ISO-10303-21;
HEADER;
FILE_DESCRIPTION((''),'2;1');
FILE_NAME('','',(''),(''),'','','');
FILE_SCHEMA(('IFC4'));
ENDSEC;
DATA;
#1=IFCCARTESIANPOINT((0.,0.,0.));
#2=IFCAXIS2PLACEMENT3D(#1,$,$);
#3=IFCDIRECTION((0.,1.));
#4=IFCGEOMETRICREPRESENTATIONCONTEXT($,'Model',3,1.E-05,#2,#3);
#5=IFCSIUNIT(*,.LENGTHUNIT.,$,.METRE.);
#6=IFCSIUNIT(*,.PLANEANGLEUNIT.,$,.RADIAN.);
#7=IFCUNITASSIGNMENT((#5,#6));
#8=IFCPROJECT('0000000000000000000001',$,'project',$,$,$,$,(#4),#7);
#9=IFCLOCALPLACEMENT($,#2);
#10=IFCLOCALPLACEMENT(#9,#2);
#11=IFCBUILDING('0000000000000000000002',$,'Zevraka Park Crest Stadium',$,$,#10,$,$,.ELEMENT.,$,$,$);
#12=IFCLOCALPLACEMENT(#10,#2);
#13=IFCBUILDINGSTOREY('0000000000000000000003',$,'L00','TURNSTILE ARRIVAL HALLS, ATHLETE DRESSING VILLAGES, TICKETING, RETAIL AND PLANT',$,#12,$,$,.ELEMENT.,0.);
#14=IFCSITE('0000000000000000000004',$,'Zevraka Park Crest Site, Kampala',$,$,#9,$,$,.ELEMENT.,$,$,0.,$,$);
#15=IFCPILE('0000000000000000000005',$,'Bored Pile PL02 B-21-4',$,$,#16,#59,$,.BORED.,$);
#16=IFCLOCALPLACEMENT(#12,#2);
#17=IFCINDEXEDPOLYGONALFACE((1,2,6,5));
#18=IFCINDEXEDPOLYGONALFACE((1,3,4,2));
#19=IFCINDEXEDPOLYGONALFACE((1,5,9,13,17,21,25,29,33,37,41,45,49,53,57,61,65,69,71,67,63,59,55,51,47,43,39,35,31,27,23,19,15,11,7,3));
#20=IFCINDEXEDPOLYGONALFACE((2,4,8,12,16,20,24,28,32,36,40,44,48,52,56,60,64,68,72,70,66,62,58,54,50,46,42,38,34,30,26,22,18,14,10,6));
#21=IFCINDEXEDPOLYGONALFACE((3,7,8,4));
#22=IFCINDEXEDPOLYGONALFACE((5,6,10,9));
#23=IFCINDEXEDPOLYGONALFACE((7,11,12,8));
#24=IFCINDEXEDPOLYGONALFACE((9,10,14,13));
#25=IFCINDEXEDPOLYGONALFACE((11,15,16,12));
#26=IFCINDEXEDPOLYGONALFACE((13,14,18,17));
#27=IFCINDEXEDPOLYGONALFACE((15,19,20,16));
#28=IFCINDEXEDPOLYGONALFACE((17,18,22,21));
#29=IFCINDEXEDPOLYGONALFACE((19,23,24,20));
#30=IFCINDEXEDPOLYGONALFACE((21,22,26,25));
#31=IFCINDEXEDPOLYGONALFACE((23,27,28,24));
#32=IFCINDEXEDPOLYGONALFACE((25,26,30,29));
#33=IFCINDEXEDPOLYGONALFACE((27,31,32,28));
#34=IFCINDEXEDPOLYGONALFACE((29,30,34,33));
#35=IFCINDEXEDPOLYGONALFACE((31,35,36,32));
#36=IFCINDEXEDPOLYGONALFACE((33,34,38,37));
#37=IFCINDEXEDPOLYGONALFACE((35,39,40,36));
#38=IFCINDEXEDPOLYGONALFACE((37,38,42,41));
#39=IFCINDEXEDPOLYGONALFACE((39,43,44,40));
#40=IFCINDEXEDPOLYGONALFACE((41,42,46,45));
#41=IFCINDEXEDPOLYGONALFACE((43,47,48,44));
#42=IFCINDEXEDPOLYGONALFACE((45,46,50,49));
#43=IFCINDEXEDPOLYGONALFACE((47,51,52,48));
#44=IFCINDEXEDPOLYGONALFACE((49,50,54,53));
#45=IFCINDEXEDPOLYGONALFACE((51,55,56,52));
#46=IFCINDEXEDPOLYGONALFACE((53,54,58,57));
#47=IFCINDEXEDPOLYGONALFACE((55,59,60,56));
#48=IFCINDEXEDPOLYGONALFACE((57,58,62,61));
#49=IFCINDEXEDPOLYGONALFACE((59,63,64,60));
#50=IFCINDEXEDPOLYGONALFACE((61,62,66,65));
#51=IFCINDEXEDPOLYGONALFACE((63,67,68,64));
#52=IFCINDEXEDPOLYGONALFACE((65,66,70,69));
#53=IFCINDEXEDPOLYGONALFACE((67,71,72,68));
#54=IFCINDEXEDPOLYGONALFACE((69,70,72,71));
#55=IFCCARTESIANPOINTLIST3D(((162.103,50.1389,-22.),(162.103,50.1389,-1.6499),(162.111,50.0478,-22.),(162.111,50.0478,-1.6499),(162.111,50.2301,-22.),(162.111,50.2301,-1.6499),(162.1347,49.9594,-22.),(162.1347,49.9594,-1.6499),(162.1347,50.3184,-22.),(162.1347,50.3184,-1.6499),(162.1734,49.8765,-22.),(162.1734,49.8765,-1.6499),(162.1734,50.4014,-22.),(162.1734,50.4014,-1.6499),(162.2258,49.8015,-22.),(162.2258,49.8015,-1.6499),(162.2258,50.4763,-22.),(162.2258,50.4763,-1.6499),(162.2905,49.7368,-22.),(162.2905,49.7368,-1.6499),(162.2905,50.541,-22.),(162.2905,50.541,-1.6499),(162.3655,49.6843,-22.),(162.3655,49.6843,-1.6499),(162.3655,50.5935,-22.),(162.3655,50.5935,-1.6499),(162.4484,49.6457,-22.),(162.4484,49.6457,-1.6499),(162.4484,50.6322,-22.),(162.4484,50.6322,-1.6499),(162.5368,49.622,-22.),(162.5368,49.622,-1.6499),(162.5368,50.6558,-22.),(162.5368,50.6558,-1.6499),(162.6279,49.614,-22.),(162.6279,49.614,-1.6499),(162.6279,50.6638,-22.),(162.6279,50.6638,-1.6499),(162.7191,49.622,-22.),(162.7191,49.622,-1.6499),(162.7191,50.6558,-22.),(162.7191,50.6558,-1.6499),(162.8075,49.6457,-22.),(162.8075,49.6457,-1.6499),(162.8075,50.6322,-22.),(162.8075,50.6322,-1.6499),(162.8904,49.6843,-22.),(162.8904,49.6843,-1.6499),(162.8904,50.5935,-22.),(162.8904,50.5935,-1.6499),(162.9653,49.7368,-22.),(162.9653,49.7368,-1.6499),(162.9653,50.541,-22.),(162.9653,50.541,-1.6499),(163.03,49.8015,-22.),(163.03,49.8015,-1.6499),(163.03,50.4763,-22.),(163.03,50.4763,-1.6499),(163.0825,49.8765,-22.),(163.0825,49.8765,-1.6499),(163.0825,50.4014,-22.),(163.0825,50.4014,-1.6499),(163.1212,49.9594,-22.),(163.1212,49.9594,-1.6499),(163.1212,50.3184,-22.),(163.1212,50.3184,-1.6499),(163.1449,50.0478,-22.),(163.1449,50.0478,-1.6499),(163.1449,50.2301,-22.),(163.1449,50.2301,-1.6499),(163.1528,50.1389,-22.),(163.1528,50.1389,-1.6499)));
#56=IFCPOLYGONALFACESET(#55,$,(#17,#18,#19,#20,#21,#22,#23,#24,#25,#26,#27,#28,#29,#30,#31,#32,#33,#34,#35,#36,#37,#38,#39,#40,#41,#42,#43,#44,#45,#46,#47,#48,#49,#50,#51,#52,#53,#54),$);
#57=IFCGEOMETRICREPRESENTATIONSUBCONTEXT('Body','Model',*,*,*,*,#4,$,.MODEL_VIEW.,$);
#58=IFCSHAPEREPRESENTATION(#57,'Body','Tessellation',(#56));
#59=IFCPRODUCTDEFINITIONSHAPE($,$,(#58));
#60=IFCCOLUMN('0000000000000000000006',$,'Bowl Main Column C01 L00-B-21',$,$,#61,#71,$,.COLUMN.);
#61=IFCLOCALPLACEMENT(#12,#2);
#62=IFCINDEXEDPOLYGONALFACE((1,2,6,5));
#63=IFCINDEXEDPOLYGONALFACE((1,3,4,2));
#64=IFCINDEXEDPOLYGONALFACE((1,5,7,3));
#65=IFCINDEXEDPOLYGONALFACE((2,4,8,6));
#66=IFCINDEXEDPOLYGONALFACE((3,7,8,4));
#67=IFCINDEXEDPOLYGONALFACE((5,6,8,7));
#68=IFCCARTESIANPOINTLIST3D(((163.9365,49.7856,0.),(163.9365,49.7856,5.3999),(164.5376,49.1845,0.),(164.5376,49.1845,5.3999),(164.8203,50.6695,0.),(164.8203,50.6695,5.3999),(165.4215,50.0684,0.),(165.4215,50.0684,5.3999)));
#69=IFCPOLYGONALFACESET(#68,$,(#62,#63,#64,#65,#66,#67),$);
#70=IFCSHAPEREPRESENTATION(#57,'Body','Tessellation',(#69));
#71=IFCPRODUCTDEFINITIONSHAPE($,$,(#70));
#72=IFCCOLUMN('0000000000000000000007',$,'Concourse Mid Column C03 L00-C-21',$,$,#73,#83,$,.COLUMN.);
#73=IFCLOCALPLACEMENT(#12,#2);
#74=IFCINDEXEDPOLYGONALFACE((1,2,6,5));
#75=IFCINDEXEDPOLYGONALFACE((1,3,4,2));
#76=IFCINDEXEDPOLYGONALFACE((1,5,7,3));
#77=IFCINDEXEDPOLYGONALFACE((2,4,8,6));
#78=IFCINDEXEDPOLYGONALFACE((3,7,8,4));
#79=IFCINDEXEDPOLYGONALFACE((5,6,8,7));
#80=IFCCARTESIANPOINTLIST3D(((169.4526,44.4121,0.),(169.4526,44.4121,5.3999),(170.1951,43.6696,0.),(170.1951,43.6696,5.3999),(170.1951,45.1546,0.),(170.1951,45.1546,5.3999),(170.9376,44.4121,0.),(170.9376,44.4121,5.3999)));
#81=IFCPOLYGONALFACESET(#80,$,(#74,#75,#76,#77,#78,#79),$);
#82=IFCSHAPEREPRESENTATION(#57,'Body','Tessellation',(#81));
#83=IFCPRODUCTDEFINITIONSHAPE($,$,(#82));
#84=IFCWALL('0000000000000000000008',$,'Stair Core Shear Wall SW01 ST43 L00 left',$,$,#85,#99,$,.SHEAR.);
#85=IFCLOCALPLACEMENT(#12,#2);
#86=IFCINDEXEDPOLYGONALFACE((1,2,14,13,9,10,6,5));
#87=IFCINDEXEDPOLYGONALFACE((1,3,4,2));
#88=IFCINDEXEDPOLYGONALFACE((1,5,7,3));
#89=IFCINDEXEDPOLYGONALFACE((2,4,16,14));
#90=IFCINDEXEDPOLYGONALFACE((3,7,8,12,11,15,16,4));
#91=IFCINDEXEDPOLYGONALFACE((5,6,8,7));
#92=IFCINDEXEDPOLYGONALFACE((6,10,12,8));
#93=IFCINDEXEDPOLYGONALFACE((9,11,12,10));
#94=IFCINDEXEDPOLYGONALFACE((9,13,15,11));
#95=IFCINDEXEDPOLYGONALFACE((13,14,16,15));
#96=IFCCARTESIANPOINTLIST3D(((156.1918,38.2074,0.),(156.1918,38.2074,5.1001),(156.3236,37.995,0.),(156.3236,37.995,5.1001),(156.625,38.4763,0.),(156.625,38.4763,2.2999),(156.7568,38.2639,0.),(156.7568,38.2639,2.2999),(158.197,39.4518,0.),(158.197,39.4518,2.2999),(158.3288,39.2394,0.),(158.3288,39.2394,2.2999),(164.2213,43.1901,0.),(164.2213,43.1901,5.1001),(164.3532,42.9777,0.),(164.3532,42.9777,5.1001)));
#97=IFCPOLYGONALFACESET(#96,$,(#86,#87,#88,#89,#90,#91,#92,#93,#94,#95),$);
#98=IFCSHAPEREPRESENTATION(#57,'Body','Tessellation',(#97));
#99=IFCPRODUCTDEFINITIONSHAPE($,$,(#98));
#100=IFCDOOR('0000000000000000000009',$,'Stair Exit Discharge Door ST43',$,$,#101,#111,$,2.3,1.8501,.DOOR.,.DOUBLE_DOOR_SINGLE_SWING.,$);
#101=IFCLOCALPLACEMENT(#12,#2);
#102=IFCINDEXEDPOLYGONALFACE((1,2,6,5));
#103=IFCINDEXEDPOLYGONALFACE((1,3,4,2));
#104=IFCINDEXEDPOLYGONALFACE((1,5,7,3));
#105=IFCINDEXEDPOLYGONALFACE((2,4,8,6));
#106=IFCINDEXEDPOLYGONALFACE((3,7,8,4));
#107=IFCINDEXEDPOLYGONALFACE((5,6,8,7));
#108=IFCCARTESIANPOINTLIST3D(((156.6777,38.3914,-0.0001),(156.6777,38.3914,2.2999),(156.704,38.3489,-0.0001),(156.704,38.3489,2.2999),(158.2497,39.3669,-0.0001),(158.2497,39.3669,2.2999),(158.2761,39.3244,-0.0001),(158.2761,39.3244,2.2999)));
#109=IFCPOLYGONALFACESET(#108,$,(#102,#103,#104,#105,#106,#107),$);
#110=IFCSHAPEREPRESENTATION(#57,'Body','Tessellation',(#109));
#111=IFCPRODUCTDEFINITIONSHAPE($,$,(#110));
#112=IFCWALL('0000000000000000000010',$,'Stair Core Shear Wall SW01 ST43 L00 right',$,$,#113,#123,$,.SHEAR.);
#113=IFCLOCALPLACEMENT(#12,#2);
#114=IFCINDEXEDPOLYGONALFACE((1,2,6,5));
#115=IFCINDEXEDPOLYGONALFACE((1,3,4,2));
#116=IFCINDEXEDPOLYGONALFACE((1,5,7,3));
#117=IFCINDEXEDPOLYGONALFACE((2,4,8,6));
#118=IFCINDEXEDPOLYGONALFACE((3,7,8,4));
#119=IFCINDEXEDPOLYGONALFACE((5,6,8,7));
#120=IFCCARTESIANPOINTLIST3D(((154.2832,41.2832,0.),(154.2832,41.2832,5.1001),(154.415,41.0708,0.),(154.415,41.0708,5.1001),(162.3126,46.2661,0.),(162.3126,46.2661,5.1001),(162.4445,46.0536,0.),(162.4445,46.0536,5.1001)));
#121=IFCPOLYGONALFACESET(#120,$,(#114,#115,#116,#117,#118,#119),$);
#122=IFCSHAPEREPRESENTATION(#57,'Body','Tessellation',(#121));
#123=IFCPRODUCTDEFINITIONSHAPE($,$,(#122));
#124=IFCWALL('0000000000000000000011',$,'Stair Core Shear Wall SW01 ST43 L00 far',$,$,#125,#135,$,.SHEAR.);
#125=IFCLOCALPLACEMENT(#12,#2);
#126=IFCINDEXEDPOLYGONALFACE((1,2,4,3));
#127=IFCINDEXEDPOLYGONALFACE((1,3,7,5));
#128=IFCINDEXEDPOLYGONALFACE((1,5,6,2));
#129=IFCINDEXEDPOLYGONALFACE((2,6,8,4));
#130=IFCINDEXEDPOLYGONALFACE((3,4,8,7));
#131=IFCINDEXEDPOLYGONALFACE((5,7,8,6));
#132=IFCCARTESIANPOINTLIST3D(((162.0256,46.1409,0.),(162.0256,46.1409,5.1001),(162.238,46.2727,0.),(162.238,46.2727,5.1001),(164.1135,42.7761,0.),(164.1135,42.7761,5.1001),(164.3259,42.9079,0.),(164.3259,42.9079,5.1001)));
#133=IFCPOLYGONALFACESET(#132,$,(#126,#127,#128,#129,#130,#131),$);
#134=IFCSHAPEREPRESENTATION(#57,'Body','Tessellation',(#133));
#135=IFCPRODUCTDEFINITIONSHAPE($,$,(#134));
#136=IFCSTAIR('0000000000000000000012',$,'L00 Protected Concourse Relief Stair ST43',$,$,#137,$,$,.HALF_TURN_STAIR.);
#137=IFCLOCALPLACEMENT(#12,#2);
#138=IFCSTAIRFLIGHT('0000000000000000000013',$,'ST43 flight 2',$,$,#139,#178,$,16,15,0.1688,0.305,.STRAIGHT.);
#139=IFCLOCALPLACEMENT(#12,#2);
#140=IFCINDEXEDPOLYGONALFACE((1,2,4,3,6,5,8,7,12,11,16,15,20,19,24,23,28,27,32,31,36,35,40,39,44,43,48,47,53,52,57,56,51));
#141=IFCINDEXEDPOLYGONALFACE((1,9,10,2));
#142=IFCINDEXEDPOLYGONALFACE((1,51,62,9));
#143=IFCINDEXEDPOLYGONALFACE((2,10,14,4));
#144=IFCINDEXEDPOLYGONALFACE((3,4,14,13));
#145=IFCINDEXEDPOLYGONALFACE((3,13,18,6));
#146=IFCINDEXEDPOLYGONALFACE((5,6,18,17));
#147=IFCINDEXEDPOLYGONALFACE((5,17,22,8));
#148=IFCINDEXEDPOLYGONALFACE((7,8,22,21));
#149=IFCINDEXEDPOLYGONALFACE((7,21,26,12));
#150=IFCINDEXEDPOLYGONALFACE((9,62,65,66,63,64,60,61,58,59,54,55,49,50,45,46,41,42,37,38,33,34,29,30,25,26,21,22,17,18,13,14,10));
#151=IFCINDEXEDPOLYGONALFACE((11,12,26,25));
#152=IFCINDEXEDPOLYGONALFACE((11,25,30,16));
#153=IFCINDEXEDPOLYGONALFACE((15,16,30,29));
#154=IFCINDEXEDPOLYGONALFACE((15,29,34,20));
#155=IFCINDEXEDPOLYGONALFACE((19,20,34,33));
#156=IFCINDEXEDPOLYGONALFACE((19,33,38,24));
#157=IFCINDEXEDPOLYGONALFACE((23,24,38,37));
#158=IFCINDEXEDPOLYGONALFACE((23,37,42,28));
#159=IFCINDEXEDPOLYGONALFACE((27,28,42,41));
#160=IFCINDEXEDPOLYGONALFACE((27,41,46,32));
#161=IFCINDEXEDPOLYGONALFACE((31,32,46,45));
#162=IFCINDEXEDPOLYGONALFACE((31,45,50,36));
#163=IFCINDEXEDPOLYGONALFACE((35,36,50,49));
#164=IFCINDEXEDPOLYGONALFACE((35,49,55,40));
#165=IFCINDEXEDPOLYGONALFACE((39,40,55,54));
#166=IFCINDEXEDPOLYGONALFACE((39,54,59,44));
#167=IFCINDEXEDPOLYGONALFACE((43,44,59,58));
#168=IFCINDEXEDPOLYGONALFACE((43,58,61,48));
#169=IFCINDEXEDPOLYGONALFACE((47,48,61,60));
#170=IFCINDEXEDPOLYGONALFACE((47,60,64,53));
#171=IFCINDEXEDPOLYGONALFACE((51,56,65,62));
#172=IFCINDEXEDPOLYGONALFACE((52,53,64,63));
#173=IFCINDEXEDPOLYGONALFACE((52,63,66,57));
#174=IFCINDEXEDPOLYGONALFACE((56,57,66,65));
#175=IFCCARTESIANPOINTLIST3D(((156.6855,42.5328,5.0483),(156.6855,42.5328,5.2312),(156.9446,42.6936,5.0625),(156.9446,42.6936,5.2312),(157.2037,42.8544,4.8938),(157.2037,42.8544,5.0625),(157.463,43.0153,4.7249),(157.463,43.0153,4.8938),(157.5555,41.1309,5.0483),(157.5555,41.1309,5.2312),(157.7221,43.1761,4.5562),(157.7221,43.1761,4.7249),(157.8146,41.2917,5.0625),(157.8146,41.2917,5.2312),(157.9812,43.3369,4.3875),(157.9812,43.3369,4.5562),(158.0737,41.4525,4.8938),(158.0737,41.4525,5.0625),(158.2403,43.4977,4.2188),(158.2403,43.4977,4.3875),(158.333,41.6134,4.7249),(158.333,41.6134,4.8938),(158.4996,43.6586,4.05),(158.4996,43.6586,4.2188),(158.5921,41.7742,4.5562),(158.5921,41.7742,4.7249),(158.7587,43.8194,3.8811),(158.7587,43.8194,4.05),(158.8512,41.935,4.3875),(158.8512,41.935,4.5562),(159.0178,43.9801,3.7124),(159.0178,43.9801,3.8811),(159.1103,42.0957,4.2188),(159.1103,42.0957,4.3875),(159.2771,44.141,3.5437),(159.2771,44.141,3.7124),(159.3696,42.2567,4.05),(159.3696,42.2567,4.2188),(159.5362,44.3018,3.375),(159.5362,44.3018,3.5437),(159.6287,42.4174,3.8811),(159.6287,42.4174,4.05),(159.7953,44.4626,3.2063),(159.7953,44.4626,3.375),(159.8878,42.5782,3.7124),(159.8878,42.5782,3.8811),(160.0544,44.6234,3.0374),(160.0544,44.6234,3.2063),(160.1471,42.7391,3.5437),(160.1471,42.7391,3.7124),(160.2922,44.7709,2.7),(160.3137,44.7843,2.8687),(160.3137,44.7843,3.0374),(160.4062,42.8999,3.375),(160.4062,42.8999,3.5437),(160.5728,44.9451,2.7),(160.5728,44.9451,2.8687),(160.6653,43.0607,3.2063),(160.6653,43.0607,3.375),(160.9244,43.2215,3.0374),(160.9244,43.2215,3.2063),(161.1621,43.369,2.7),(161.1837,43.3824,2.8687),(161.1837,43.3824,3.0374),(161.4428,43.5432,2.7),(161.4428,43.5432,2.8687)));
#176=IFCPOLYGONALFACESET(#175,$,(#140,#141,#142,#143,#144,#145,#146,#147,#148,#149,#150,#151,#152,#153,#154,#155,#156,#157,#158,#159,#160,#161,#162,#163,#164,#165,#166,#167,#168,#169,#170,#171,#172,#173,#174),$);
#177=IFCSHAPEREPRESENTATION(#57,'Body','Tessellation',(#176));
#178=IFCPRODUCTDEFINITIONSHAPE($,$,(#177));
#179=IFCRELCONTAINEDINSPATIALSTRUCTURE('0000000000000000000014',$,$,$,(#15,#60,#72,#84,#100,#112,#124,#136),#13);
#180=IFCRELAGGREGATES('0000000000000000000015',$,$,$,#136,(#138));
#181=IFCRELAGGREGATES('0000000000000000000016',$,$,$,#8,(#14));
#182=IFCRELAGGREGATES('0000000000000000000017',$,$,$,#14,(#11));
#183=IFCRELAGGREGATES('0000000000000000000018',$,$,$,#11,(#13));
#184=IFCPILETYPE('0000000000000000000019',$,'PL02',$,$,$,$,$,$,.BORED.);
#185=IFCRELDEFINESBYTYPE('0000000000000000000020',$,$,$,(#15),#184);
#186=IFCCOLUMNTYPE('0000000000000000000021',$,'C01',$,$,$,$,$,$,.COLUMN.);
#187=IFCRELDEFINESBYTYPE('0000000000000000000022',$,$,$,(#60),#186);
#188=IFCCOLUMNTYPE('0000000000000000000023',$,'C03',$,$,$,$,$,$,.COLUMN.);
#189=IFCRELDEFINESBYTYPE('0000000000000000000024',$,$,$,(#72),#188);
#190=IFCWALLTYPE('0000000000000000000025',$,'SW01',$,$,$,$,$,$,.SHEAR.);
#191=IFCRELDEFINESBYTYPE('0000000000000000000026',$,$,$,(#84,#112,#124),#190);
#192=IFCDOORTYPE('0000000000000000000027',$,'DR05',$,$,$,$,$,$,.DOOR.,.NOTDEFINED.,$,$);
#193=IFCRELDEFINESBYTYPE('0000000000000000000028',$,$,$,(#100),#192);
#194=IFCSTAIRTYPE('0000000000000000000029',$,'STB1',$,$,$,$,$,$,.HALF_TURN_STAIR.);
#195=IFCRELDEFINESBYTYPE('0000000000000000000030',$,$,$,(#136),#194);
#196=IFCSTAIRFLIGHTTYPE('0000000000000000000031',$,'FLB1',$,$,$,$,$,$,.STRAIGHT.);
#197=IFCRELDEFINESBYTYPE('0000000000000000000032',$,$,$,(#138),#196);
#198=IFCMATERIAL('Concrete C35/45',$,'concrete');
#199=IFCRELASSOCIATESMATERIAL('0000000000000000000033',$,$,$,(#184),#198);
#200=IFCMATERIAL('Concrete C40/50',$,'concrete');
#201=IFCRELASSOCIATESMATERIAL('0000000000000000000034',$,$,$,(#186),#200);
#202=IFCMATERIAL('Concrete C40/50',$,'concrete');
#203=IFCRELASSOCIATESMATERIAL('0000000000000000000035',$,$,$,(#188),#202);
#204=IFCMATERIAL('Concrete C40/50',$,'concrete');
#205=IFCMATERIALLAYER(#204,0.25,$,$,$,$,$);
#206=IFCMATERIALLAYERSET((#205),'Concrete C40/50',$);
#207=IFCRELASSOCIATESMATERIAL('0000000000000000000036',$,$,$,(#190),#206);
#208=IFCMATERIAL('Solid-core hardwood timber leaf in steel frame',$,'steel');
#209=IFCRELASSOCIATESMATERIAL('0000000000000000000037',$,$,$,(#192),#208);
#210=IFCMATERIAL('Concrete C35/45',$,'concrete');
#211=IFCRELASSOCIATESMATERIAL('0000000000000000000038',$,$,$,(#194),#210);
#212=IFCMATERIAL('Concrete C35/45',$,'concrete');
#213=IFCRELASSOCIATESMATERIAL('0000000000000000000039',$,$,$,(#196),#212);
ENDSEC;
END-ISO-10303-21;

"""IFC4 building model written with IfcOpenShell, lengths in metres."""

from ifc_helpers import new_model, si_unit, direction, frame, frame_2d, origin, origin_2d, place, context, subcontext, project, spatial, polyline, rectangle, circle, outline, extrude, material, layer, layer_set, material_profile, profile_set, type_object, element, fill, aggregate, save


model = new_model("IFC4")

# Units and contexts
model_context = context("Model", 3, precision=1e-05, world=origin(), true_north=direction((0.0, 1.0)))
body_context = subcontext(model_context, "Body", "Model", "MODEL_VIEW")
ifc_project = project(units=[si_unit("LENGTHUNIT", "METRE"), si_unit("PLANEANGLEUNIT", "RADIAN")], contexts=[model_context])

# Site, building, storey
site_placement = place(None, origin())
site = spatial("IfcSite", under=ifc_project, at=site_placement, Name="Zevraka Park Crest Site, Kampala", CompositionType="ELEMENT", RefElevation=0.0)
building_placement = place(site_placement, origin())
building = spatial("IfcBuilding", under=site, at=building_placement, Name="Zevraka Park Crest Stadium", CompositionType="ELEMENT")
storey_placement = place(building_placement, origin())
storey = spatial("IfcBuildingStorey", under=building, at=storey_placement, Name="L00", Description="TURNSTILE ARRIVAL HALLS, ATHLETE DRESSING VILLAGES, TICKETING, RETAIL AND PLANT", CompositionType="ELEMENT", Elevation=0.0)

# Pile
ifc_material_1 = material(Name="Concrete C35/45", Category="concrete")
ifc_material_profile_1 = material_profile(ifc_material_1, circle(Radius=0.5249, at=origin_2d()), Name="PILE D1050")
ifc_profile_set_1 = profile_set([ifc_material_profile_1], Name="Concrete C35/45")
pile_type_1 = type_object("IfcPileType", Name="PL02", PredefinedType="BORED", material=ifc_profile_set_1)
for number, where, z_axis, x_axis, name in (
    (1, (162.6279, 50.1389, -1.6499), (0.0, 0.0, -1.0), (1.0, 0.0, 0.0), "Bored Pile PL02 B-21-4"),
):
    element("IfcPile", number, at=place(storey_placement, frame(where, z_axis=z_axis, x_axis=x_axis)), inside=storey, type_object=pile_type_1, Name=name, PredefinedType="BORED", context=body_context, shape_type="SweptSolid", body=[
        extrude(circle(Radius=0.5249, at=origin_2d()), origin(), (0.0, 0.0, 1.0), 20.3501),
    ])

# Columns
ifc_material_2 = material(Name="Concrete C40/50", Category="concrete")
ifc_material_profile_2 = material_profile(ifc_material_2, rectangle(XDim=0.8501, YDim=1.25, at=origin_2d()), Name="RC 1250x850")
ifc_profile_set_2 = profile_set([ifc_material_profile_2], Name="Concrete C40/50")
column_type_1 = type_object("IfcColumnType", Name="C01", PredefinedType="COLUMN", material=ifc_profile_set_2)
column_1_placement = place(storey_placement, frame((164.679, 49.927, 0.0), z_axis=(0.0, 0.0, 1.0), x_axis=(-0.707107, 0.707107, 0.0)))
element("IfcColumn", 2, at=column_1_placement, inside=storey, type_object=column_type_1, Name="Bowl Main Column C01 L00-B-21", PredefinedType="COLUMN", context=body_context, shape_type="SweptSolid", body=[
    extrude(rectangle(XDim=0.8501, YDim=1.25, at=origin_2d()), origin(), (0.0, 0.0, 1.0), 5.3999),
])
ifc_material_3 = material(Name="Concrete C40/50", Category="concrete")
ifc_material_profile_3 = material_profile(ifc_material_3, rectangle(XDim=1.05, YDim=1.05, at=origin_2d()), Name="RC 1050x1050")
ifc_profile_set_3 = profile_set([ifc_material_profile_3], Name="Concrete C40/50")
column_type_2 = type_object("IfcColumnType", Name="C03", PredefinedType="COLUMN", material=ifc_profile_set_3)
column_2_placement = place(storey_placement, frame((170.1951, 44.4121, 0.0), z_axis=(0.0, 0.0, 1.0), x_axis=(-0.707107, 0.707107, 0.0)))
element("IfcColumn", 3, at=column_2_placement, inside=storey, type_object=column_type_2, Name="Concourse Mid Column C03 L00-C-21", PredefinedType="COLUMN", context=body_context, shape_type="SweptSolid", body=[
    extrude(rectangle(XDim=1.05, YDim=1.05, at=origin_2d()), origin(), (0.0, 0.0, 1.0), 5.3999),
])

# Wall, opening, door
ifc_material_4 = material(Name="Concrete C40/50", Category="concrete")
ifc_layer = layer(ifc_material_4, 0.25)
ifc_layer_set = layer_set([ifc_layer], Name="Concrete C40/50")
wall_type = type_object("IfcWallType", Name="SW01", PredefinedType="SHEAR", material=ifc_layer_set)
wall_1_placement = place(storey_placement, frame((164.2874, 43.084, 0.0), z_axis=(0.0, 0.0, 1.0), x_axis=(-0.849696, -0.527272, 0.0)))
wall_1 = element("IfcWall", 4, at=wall_1_placement, inside=storey, type_object=wall_type, Name="Stair Core Shear Wall SW01 ST43 L00 left", PredefinedType="SHEAR", context=body_context, shape_type="SweptSolid", body=[
    extrude(rectangle(XDim=9.45, YDim=0.25, at=frame_2d((4.7251, 0.0))), origin(), (0.0, 0.0, 1.0), 5.1001),
])
opening_placement = place(wall_1_placement, frame((7.0901, 0.0, 0.0)))
opening = element("IfcOpeningElement", 5, at=opening_placement, cuts=wall_1, PredefinedType="OPENING", context=body_context, shape_type="SweptSolid", body=[
    extrude(rectangle(XDim=1.8501, YDim=2.3, at=frame_2d((0.925, 1.1499))), frame((0.0, 0.135, 0.0), z_axis=(0.0, -1.0, 0.0), x_axis=(1.0, 0.0, 0.0)), (0.0, 0.0, 1.0), 0.27),
])
ifc_material_5 = material(Name="Solid-core hardwood timber leaf in steel frame", Category="steel")
door_type = type_object("IfcDoorType", Name="DR05", OperationType="NOTDEFINED", PredefinedType="DOOR", material=ifc_material_5)
door_placement = place(opening_placement, origin())
door = element("IfcDoor", 6, at=door_placement, inside=storey, type_object=door_type, Name="Stair Exit Discharge Door ST43", OperationType="DOUBLE_DOOR_SINGLE_SWING", OverallHeight=2.3, OverallWidth=1.8501, PredefinedType="DOOR", context=body_context, shape_type="SweptSolid", body=[
    extrude(rectangle(XDim=1.8501, YDim=2.3, at=frame_2d((0.925, 1.1499))), frame((0.0, 0.0249, 0.0), z_axis=(0.0, -1.0, 0.0), x_axis=(1.0, 0.0, 0.0)), (0.0, 0.0, 1.0), 0.05),
])
fill(opening, door)

# Walls
wall_2_placement = place(storey_placement, frame((162.3787, 46.1599, 0.0), z_axis=(0.0, 0.0, 1.0), x_axis=(-0.849685, -0.527291, 0.0)))
element("IfcWall", 7, at=wall_2_placement, inside=storey, type_object=wall_type, Name="Stair Core Shear Wall SW01 ST43 L00 right", PredefinedType="SHEAR", context=body_context, shape_type="SweptSolid", body=[
    extrude(rectangle(XDim=9.45, YDim=0.25, at=frame_2d((4.7251, 0.0))), origin(), (0.0, 0.0, 1.0), 5.1001),
])
wall_3_placement = place(storey_placement, frame((164.2197, 42.842, 0.0), z_axis=(0.0, 0.0, 1.0), x_axis=(-0.527258, 0.849705, 0.0)))
element("IfcWall", 8, at=wall_3_placement, inside=storey, type_object=wall_type, Name="Stair Core Shear Wall SW01 ST43 L00 far", PredefinedType="SHEAR", context=body_context, shape_type="SweptSolid", body=[
    extrude(rectangle(XDim=3.96, YDim=0.25, at=frame_2d((1.98, 0.0))), origin(), (0.0, 0.0, 1.0), 5.1001),
])

# Stair, stair flight
ifc_material_6 = material(Name="Concrete C35/45", Category="concrete")
stair_type = type_object("IfcStairType", Name="STB1", PredefinedType="HALF_TURN_STAIR", material=ifc_material_6)
stair_placement = place(storey_placement, origin())
stair = element("IfcStair", 9, at=stair_placement, inside=storey, type_object=stair_type, Name="L00 Protected Concourse Relief Stair ST43", PredefinedType="HALF_TURN_STAIR")
ifc_material_7 = material(Name="Concrete C35/45", Category="concrete")
stair_flight_type = type_object("IfcStairFlightType", Name="FLB1", PredefinedType="STRAIGHT", material=ifc_material_7)
stair_flight_placement = place(storey_placement, frame((161.0078, 44.2441, 2.7), z_axis=(0.0, 0.0, 1.0), x_axis=(-0.849693, -0.527278, 0.0)))
stair_flight = element("IfcStairFlight", 10, at=stair_flight_placement, type_object=stair_flight_type, Name="ST43 flight 2", NumberOfRisers=16, NumberOfTreads=15, PredefinedType="STRAIGHT", RiserHeight=0.1688, TreadLength=0.305, context=body_context, shape_type="SweptSolid", body=[
    extrude(outline(polyline([(0.0, 0.0), (0.0, 0.1687), (0.3049, 0.1687), (0.3049, 0.3374), (0.6101, 0.3374), (0.6101, 0.5063), (0.915, 0.5063), (0.915, 0.675), (1.22, 0.675), (1.22, 0.8438), (1.5249, 0.8438), (1.5249, 1.0125), (1.8301, 1.0125), (1.8301, 1.1812), (2.135, 1.1812), (2.135, 1.3501), (2.4399, 1.3501), (2.4399, 1.5188), (2.7451, 1.5188), (2.7451, 1.6875), (3.05, 1.6875), (3.05, 1.8562), (3.355, 1.8562), (3.355, 2.0249), (3.6599, 2.0249), (3.6599, 2.1938), (3.9651, 2.1938), (3.9651, 2.3625), (4.27, 2.3625), (4.27, 2.5312), (4.575, 2.5312), (4.575, 2.7), (4.575, 2.3484), (0.3303, 0.0), (0.0, 0.0)])), frame((0.0, 0.825, 0.0), z_axis=(0.0, -1.0, 0.0), x_axis=(1.0, 0.0, 0.0)), (0.0, 0.0, 1.0), 1.6499),
])
aggregate(stair, [stair_flight])

save(model, "model.ifc")
